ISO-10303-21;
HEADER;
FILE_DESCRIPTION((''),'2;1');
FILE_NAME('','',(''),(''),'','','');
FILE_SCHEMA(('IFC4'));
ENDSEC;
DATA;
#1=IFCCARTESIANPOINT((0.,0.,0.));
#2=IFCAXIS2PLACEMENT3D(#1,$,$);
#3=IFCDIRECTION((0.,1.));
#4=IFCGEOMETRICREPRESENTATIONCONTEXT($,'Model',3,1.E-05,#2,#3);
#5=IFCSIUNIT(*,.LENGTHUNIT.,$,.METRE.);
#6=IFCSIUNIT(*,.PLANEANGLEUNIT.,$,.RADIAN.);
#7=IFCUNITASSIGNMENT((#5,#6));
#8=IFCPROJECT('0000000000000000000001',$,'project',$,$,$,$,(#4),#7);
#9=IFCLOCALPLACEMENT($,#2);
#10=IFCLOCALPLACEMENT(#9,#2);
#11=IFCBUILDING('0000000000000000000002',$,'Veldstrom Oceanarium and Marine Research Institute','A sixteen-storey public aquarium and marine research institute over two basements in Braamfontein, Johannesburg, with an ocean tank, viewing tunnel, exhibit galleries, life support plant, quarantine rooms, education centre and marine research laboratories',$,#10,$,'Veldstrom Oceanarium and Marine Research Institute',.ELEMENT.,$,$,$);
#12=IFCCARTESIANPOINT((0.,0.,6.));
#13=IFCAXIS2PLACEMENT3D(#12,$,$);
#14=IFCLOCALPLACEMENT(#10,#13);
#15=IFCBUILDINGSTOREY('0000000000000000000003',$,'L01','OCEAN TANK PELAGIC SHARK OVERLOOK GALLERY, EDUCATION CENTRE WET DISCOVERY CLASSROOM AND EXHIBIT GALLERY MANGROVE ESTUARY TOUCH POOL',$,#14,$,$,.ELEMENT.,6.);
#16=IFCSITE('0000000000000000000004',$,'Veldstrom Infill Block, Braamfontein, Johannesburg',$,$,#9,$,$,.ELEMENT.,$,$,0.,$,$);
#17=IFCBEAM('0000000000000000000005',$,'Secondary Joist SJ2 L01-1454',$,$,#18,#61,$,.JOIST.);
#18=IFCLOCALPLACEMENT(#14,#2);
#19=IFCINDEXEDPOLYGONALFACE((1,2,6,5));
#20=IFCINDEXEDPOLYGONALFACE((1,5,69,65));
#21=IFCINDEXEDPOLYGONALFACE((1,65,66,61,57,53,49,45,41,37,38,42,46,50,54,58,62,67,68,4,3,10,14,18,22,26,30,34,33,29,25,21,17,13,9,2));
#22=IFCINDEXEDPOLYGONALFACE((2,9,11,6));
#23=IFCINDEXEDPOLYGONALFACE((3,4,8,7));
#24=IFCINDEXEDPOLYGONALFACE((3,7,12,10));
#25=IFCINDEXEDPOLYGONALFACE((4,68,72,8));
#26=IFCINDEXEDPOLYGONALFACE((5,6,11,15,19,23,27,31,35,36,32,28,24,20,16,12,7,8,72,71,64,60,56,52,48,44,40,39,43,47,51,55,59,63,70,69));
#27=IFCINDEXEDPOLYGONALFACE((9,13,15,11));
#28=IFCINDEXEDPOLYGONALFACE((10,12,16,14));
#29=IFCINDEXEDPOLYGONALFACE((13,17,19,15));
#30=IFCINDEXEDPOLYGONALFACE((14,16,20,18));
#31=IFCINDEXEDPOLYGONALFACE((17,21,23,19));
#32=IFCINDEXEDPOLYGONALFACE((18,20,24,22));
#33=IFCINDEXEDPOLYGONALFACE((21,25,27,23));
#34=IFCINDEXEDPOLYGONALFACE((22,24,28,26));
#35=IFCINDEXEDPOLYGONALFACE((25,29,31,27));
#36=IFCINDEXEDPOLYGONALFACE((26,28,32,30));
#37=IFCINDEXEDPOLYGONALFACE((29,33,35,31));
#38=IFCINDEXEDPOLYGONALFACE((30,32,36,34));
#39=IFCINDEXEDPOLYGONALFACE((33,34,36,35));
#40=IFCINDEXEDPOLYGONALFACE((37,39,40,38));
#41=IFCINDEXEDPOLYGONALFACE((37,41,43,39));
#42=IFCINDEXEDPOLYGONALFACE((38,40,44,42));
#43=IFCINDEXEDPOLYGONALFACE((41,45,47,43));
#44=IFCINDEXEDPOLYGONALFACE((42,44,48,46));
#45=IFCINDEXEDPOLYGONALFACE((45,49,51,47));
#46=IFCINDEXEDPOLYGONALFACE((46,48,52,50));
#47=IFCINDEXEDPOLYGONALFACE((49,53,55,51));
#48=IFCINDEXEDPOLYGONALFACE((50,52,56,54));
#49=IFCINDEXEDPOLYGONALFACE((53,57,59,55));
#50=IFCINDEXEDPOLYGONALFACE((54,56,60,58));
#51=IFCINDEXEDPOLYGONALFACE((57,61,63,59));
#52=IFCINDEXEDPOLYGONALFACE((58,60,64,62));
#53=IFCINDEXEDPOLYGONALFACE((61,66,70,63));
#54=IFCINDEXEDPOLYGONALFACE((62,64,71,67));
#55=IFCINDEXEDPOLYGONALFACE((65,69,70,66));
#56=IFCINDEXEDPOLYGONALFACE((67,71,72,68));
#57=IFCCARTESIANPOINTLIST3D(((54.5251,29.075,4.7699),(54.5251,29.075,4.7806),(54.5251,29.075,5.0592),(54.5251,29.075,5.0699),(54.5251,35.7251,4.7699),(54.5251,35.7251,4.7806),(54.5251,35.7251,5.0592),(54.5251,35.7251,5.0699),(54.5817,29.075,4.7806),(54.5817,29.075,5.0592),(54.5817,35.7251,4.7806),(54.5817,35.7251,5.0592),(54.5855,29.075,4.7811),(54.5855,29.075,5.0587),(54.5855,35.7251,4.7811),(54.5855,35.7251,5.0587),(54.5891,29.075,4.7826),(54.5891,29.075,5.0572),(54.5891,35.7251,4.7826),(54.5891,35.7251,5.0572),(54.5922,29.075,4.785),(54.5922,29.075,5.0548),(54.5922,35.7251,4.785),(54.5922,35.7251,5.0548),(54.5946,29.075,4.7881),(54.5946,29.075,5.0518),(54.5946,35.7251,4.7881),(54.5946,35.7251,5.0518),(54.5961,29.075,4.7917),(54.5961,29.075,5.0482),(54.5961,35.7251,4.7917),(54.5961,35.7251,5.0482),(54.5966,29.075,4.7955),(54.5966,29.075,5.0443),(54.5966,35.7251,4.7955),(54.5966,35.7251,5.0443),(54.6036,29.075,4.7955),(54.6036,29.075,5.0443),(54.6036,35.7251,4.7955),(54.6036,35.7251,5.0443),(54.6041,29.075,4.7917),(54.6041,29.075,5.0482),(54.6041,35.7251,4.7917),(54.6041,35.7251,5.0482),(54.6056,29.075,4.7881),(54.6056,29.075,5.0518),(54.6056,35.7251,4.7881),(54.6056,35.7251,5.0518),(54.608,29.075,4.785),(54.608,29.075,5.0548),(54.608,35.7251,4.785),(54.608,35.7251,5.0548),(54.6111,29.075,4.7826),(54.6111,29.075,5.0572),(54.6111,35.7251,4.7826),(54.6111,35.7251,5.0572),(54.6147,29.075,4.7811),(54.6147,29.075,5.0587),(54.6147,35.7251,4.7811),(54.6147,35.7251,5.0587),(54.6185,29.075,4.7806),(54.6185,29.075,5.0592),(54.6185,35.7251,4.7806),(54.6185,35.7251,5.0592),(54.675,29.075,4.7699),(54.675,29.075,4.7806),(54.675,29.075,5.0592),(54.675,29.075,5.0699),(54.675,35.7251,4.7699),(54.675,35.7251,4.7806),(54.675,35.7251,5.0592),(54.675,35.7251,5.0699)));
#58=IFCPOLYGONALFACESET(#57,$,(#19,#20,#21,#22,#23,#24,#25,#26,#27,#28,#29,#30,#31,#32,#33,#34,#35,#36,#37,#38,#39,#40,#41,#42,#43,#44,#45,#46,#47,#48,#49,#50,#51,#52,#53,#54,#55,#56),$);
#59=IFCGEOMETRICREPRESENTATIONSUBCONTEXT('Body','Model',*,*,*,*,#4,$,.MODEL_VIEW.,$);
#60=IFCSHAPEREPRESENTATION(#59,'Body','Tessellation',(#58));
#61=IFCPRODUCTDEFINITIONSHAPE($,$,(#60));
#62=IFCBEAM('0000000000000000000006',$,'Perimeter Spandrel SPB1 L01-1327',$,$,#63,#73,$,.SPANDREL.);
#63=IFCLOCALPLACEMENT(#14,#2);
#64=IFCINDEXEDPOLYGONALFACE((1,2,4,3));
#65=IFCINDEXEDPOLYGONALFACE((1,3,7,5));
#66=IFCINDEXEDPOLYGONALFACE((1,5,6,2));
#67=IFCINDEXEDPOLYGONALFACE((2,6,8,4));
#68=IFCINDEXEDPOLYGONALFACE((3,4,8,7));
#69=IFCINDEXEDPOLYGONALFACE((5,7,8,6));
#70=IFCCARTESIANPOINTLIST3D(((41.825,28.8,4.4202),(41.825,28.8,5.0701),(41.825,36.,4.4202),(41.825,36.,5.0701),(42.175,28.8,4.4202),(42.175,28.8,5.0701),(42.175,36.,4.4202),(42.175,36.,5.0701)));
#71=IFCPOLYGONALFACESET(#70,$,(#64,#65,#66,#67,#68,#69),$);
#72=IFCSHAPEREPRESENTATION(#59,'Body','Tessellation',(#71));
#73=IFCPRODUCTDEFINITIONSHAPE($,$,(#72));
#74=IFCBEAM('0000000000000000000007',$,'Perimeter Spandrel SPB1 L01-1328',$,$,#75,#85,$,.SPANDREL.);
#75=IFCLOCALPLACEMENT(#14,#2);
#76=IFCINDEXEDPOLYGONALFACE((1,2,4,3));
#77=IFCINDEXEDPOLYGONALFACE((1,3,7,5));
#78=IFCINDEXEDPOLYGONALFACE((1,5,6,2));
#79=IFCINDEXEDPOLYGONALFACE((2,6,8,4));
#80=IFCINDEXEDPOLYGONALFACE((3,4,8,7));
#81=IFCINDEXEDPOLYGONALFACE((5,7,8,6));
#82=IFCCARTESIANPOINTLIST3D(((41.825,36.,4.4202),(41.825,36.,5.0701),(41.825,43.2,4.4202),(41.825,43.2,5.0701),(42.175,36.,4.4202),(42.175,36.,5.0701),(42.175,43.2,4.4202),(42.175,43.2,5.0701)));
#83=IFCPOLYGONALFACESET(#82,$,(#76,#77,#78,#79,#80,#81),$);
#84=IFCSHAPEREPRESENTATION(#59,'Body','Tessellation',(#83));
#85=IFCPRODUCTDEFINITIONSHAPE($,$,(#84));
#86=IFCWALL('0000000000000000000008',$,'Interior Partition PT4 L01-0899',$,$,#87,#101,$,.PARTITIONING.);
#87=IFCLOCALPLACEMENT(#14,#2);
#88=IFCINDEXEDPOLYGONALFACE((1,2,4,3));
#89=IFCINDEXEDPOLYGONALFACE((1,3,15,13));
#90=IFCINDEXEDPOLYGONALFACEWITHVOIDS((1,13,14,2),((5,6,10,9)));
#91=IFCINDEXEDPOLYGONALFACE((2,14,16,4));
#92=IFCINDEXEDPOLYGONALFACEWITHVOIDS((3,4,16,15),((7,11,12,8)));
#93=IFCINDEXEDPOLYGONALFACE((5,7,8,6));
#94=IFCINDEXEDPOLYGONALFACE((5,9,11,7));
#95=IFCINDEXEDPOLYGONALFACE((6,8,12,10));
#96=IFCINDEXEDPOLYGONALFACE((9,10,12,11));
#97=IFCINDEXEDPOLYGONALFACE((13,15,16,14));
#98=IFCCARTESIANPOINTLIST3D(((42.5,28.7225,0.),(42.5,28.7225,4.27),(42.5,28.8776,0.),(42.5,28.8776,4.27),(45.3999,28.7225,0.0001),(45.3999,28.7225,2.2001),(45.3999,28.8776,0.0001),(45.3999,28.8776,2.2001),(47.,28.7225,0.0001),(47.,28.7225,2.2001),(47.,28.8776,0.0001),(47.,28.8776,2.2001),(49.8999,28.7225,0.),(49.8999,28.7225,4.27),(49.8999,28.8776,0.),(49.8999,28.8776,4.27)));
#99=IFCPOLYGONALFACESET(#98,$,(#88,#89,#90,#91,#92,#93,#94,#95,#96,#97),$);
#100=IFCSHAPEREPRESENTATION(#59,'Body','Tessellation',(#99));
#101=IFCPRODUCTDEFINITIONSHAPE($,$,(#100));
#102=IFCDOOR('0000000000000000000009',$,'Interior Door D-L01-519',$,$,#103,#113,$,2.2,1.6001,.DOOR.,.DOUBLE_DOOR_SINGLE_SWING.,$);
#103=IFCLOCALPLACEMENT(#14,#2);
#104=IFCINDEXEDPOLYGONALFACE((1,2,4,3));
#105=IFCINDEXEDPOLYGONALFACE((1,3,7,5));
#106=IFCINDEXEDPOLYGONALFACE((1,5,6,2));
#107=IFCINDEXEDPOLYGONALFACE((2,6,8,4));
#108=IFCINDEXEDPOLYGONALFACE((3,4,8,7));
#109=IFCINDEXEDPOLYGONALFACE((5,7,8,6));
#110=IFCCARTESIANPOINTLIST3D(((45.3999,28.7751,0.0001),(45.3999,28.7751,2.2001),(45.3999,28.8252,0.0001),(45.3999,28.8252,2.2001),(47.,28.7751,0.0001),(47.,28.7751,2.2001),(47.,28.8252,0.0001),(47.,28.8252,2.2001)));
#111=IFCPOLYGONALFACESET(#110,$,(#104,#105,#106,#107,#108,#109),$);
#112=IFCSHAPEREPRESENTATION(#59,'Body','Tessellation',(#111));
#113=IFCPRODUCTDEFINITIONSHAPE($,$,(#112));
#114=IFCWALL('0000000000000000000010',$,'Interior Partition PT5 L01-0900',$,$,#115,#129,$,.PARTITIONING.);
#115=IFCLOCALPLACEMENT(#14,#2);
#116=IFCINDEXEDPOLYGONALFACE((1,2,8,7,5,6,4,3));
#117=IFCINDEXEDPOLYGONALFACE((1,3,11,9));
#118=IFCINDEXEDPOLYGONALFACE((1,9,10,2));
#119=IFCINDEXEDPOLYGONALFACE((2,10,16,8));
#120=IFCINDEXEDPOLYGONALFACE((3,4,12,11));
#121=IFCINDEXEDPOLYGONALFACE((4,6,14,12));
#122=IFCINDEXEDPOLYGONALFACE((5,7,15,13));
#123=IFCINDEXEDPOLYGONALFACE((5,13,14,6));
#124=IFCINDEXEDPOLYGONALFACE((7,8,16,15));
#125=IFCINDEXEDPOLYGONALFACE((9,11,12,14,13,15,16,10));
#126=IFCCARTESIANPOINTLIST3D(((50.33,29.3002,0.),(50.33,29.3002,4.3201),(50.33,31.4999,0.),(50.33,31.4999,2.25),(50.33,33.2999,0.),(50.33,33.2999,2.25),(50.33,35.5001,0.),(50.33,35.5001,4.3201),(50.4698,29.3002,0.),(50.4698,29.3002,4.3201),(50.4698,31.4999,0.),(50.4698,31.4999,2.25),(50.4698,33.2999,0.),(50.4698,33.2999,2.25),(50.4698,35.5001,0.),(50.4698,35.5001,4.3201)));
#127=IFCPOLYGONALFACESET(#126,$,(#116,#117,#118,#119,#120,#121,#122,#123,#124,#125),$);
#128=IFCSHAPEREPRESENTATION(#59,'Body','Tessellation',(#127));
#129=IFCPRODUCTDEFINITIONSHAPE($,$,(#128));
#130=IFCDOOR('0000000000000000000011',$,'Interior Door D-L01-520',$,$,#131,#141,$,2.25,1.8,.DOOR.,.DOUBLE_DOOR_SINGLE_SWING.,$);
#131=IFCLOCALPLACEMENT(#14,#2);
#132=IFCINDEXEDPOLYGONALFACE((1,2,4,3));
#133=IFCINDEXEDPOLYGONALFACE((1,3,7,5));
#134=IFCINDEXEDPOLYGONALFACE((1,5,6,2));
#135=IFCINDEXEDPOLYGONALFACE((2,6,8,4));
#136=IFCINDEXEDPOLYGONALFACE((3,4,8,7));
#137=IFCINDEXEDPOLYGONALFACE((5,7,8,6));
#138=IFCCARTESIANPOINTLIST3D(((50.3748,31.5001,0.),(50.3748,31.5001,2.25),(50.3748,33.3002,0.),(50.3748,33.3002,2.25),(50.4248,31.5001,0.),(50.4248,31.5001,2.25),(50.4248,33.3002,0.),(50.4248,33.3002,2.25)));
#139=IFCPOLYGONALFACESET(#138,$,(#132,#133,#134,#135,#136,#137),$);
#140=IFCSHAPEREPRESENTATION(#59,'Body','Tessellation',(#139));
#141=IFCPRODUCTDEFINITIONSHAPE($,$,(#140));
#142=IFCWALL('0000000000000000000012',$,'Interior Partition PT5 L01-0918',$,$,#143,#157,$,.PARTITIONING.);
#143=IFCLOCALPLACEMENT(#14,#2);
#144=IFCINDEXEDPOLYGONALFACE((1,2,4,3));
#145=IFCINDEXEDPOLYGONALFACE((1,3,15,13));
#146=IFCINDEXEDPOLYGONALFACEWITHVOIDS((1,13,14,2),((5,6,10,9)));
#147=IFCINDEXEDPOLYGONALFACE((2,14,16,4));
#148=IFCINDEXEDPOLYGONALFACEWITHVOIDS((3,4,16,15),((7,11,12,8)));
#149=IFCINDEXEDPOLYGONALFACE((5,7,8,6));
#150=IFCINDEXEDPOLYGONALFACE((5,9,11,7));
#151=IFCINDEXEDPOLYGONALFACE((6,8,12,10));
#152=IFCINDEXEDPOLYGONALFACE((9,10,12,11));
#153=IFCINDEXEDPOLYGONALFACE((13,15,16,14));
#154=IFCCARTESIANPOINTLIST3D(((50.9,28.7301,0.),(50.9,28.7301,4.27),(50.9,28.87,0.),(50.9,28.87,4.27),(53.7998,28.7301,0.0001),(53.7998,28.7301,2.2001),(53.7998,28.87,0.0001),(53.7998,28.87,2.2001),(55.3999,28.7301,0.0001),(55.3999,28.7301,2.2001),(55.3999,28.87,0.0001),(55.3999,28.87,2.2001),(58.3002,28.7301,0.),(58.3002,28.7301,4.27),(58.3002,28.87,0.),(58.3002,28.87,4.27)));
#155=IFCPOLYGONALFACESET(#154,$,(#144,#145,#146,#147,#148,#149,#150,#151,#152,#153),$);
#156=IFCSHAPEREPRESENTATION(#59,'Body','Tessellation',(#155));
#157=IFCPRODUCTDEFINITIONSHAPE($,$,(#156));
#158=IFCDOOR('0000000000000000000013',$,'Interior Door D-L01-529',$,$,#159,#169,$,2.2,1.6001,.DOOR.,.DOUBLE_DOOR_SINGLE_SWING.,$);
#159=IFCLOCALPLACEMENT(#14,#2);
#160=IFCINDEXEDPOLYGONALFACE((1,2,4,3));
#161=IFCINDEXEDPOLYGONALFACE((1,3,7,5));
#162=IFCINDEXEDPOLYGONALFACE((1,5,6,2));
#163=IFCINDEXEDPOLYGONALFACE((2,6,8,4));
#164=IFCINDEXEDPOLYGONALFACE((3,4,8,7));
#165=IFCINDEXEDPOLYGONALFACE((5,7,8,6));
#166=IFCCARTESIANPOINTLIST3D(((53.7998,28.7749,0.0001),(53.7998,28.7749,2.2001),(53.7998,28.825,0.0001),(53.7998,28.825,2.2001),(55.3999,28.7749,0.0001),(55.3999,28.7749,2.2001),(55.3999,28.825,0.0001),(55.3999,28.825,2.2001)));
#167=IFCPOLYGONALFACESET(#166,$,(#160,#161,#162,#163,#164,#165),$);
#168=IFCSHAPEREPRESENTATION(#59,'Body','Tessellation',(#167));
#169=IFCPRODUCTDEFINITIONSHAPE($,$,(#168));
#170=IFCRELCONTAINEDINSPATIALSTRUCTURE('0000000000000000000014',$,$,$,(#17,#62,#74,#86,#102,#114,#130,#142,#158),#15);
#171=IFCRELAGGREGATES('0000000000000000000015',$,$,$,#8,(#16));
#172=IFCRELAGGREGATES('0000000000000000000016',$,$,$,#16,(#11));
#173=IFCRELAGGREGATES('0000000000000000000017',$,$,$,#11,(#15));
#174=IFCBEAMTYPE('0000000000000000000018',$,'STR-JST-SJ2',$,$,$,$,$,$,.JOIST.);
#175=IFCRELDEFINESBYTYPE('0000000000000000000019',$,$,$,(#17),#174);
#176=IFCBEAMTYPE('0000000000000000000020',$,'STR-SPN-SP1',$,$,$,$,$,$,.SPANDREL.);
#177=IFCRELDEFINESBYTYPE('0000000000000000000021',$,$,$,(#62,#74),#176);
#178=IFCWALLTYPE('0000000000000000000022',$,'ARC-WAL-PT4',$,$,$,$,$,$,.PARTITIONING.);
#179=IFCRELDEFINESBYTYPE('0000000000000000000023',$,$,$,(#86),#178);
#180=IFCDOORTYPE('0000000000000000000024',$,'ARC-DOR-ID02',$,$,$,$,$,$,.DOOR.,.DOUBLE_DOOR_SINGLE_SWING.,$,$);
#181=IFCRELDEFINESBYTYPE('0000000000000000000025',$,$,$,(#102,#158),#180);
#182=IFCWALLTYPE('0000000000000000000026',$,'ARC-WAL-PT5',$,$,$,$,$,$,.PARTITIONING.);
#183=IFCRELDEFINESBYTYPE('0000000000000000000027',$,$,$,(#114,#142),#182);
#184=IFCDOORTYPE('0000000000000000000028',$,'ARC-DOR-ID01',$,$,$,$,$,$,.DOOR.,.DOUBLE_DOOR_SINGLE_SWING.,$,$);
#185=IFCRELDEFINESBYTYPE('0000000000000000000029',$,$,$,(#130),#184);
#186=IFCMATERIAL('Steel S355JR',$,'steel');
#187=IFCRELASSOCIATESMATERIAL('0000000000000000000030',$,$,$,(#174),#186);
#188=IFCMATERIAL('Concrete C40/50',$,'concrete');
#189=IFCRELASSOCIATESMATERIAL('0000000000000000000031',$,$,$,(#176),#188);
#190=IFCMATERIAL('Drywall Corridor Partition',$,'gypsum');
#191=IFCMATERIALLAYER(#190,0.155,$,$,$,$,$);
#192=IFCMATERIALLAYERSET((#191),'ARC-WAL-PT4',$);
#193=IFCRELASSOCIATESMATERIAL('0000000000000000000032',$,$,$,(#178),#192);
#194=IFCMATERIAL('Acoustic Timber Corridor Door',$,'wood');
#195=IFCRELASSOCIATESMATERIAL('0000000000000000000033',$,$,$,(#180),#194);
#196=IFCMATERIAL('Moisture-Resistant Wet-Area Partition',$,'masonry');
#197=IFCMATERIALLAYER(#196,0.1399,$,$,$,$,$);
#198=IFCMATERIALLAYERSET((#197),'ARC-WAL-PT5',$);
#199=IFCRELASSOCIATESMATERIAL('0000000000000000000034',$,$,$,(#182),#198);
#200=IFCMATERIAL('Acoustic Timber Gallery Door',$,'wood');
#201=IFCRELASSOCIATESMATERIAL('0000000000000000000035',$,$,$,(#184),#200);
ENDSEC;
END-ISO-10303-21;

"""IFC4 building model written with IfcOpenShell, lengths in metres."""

from ifc_helpers import new_model, si_unit, direction, frame, frame_2d, origin, origin_2d, place, context, subcontext, project, spatial, rectangle, i_section, extrude, material, layer, layer_set, material_profile, profile_set, type_object, element, fill, save


model = new_model("IFC4")

# Units and contexts
model_context = context("Model", 3, precision=1e-05, world=origin(), true_north=direction((0.0, 1.0)))
body_context = subcontext(model_context, "Body", "Model", "MODEL_VIEW")
ifc_project = project(units=[si_unit("LENGTHUNIT", "METRE"), si_unit("PLANEANGLEUNIT", "RADIAN")], contexts=[model_context])

# Site, building, storey
site_placement = place(None, origin())
site = spatial("IfcSite", under=ifc_project, at=site_placement, Name="Veldstrom Infill Block, Braamfontein, Johannesburg", CompositionType="ELEMENT", RefElevation=0.0)
building_placement = place(site_placement, origin())
building = spatial("IfcBuilding", under=site, at=building_placement, Name="Veldstrom Oceanarium and Marine Research Institute", Description="A sixteen-storey public aquarium and marine research institute over two basements in Braamfontein, Johannesburg, with an ocean tank, viewing tunnel, exhibit galleries, life support plant, quarantine rooms, education centre and marine research laboratories", LongName="Veldstrom Oceanarium and Marine Research Institute", CompositionType="ELEMENT")
storey_placement = place(building_placement, frame((0.0, 0.0, 6.0)))
storey = spatial("IfcBuildingStorey", under=building, at=storey_placement, Name="L01", Description="OCEAN TANK PELAGIC SHARK OVERLOOK GALLERY, EDUCATION CENTRE WET DISCOVERY CLASSROOM AND EXHIBIT GALLERY MANGROVE ESTUARY TOUCH POOL", CompositionType="ELEMENT", Elevation=6.0)

# Beams
ifc_material_1 = material(Name="Steel S355JR", Category="steel")
ifc_material_profile_1 = material_profile(ifc_material_1, i_section(OverallWidth=0.1499, OverallDepth=0.3, WebThickness=0.0071, FlangeThickness=0.0107, FilletRadius=0.0149, at=origin_2d()), Name="IPE 300")
ifc_profile_set_1 = profile_set([ifc_material_profile_1], Name="Steel S355JR")
beam_type_1 = type_object("IfcBeamType", Name="STR-JST-SJ2", PredefinedType="JOIST", material=ifc_profile_set_1)
beam_1_placement = place(storey_placement, frame((54.6001, 29.075, 4.9199), z_axis=(0.0, 1.0, 0.0), x_axis=(-1.0, 0.0, 0.0)))
element("IfcBeam", 1, at=beam_1_placement, inside=storey, type_object=beam_type_1, Name="Secondary Joist SJ2 L01-1454", PredefinedType="JOIST", context=body_context, shape_type="SweptSolid", body=[
    extrude(i_section(OverallWidth=0.1499, OverallDepth=0.3, WebThickness=0.0071, FlangeThickness=0.0107, FilletRadius=0.0149, at=origin_2d()), origin(), (0.0, 0.0, 1.0), 6.6501),
])
ifc_material_2 = material(Name="Concrete C40/50", Category="concrete")
ifc_material_profile_2 = material_profile(ifc_material_2, rectangle(XDim=0.3501, YDim=0.6499, at=origin_2d()), Name="RC-SPN-350x650")
ifc_profile_set_2 = profile_set([ifc_material_profile_2], Name="Concrete C40/50")
beam_type_2 = type_object("IfcBeamType", Name="STR-SPN-SP1", PredefinedType="SPANDREL", material=ifc_profile_set_2)
for number, where, z_axis, x_axis, name in (
    (2, (42.0, 28.8, 4.7451), (0.0, 1.0, 0.0), (-1.0, 0.0, 0.0), "Perimeter Spandrel SPB1 L01-1327"),
    (3, (42.0, 36.0, 4.7451), (0.0, 1.0, 0.0), (-1.0, 0.0, 0.0), "Perimeter Spandrel SPB1 L01-1328"),
):
    element("IfcBeam", number, at=place(storey_placement, frame(where, z_axis=z_axis, x_axis=x_axis)), inside=storey, type_object=beam_type_2, Name=name, PredefinedType="SPANDREL", context=body_context, shape_type="SweptSolid", body=[
        extrude(rectangle(XDim=0.3501, YDim=0.6499, at=origin_2d()), origin(), (0.0, 0.0, 1.0), 7.2),
    ])

# Walls, openings, doors
ifc_material_3 = material(Name="Drywall Corridor Partition", Category="gypsum")
ifc_layer_1 = layer(ifc_material_3, 0.155)
ifc_layer_set_1 = layer_set([ifc_layer_1], Name="ARC-WAL-PT4")
wall_type_1 = type_object("IfcWallType", Name="ARC-WAL-PT4", PredefinedType="PARTITIONING", material=ifc_layer_set_1)
wall_1_placement = place(storey_placement, frame((42.5, 28.8, 0.0), z_axis=(0.0, 0.0, 1.0), x_axis=(1.0, 0.0, 0.0)))
wall_1 = element("IfcWall", 4, at=wall_1_placement, inside=storey, type_object=wall_type_1, Name="Interior Partition PT4 L01-0899", PredefinedType="PARTITIONING", context=body_context, shape_type="SweptSolid", body=[
    extrude(rectangle(XDim=7.3999, YDim=0.155, at=frame_2d((3.7, 0.0))), origin(), (0.0, 0.0, 1.0), 4.27),
])
opening_1_placement = place(wall_1_placement, frame((2.8999, 0.0, 0.0)))
opening_1 = element("IfcOpeningElement", 5, at=opening_1_placement, cuts=wall_1, PredefinedType="OPENING", context=body_context, shape_type="SweptSolid", body=[
    extrude(rectangle(XDim=1.6001, YDim=2.2, at=frame_2d((0.8, 1.1001))), frame((0.0, 0.0874, 0.0), z_axis=(0.0, -1.0, 0.0), x_axis=(1.0, 0.0, 0.0)), (0.0, 0.0, 1.0), 0.175),
])
ifc_material_4 = material(Name="Acoustic Timber Corridor Door", Category="wood")
door_type_1 = type_object("IfcDoorType", Name="ARC-DOR-ID02", OperationType="DOUBLE_DOOR_SINGLE_SWING", PredefinedType="DOOR", material=ifc_material_4)
door_1_placement = place(opening_1_placement, frame((1.6001, 0.0, 0.0), z_axis=(0.0, 0.0, 1.0), x_axis=(-1.0, 0.0, 0.0)))
door_1 = element("IfcDoor", 6, at=door_1_placement, inside=storey, type_object=door_type_1, Name="Interior Door D-L01-519", OperationType="DOUBLE_DOOR_SINGLE_SWING", OverallHeight=2.2, OverallWidth=1.6001, PredefinedType="DOOR", context=body_context, shape_type="SweptSolid", body=[
    extrude(rectangle(XDim=1.6001, YDim=2.2, at=frame_2d((0.8, 1.1001))), frame((0.0, 0.0249, 0.0), z_axis=(0.0, -1.0, 0.0), x_axis=(1.0, 0.0, 0.0)), (0.0, 0.0, 1.0), 0.05),
])
fill(opening_1, door_1)
ifc_material_5 = material(Name="Moisture-Resistant Wet-Area Partition", Category="masonry")
ifc_layer_2 = layer(ifc_material_5, 0.1399)
ifc_layer_set_2 = layer_set([ifc_layer_2], Name="ARC-WAL-PT5")
wall_type_2 = type_object("IfcWallType", Name="ARC-WAL-PT5", PredefinedType="PARTITIONING", material=ifc_layer_set_2)
wall_2_placement = place(storey_placement, frame((50.3999, 29.3, 0.0), z_axis=(0.0, 0.0, 1.0), x_axis=(0.0, 1.0, 0.0)))
wall_2 = element("IfcWall", 7, at=wall_2_placement, inside=storey, type_object=wall_type_2, Name="Interior Partition PT5 L01-0900", PredefinedType="PARTITIONING", context=body_context, shape_type="SweptSolid", body=[
    extrude(rectangle(XDim=6.2, YDim=0.1399, at=frame_2d((3.1001, 0.0))), origin(), (0.0, 0.0, 1.0), 4.3201),
])
opening_2_placement = place(wall_2_placement, frame((2.2, 0.0, 0.0)))
opening_2 = element("IfcOpeningElement", 8, at=opening_2_placement, cuts=wall_2, PredefinedType="OPENING", context=body_context, shape_type="SweptSolid", body=[
    extrude(rectangle(XDim=1.8, YDim=2.25, at=frame_2d((0.8999, 1.125))), frame((0.0, 0.0798, 0.0), z_axis=(0.0, -1.0, 0.0), x_axis=(1.0, 0.0, 0.0)), (0.0, 0.0, 1.0), 0.1599),
])
ifc_material_6 = material(Name="Acoustic Timber Gallery Door", Category="wood")
door_type_2 = type_object("IfcDoorType", Name="ARC-DOR-ID01", OperationType="DOUBLE_DOOR_SINGLE_SWING", PredefinedType="DOOR", material=ifc_material_6)
door_2_placement = place(opening_2_placement, frame((1.8, 0.0, 0.0), z_axis=(0.0, 0.0, 1.0), x_axis=(-1.0, 0.0, 0.0)))
door_2 = element("IfcDoor", 9, at=door_2_placement, inside=storey, type_object=door_type_2, Name="Interior Door D-L01-520", OperationType="DOUBLE_DOOR_SINGLE_SWING", OverallHeight=2.25, OverallWidth=1.8, PredefinedType="DOOR", context=body_context, shape_type="SweptSolid", body=[
    extrude(rectangle(XDim=1.8, YDim=2.25, at=frame_2d((0.8999, 1.125))), frame((0.0, 0.0249, 0.0), z_axis=(0.0, -1.0, 0.0), x_axis=(1.0, 0.0, 0.0)), (0.0, 0.0, 1.0), 0.05),
])
fill(opening_2, door_2)
wall_3_placement = place(storey_placement, frame((50.8999, 28.8, 0.0), z_axis=(0.0, 0.0, 1.0), x_axis=(1.0, 0.0, 0.0)))
wall_3 = element("IfcWall", 10, at=wall_3_placement, inside=storey, type_object=wall_type_2, Name="Interior Partition PT5 L01-0918", PredefinedType="PARTITIONING", context=body_context, shape_type="SweptSolid", body=[
    extrude(rectangle(XDim=7.4001, YDim=0.1399, at=frame_2d((3.7002, 0.0))), origin(), (0.0, 0.0, 1.0), 4.27),
])
opening_3_placement = place(wall_3_placement, frame((2.8999, 0.0, 0.0)))
opening_3 = element("IfcOpeningElement", 11, at=opening_3_placement, cuts=wall_3, PredefinedType="OPENING", context=body_context, shape_type="SweptSolid", body=[
    extrude(rectangle(XDim=1.6001, YDim=2.2, at=frame_2d((0.8, 1.1001))), frame((0.0, 0.0798, 0.0), z_axis=(0.0, -1.0, 0.0), x_axis=(1.0, 0.0, 0.0)), (0.0, 0.0, 1.0), 0.1599),
])
door_3_placement = place(opening_3_placement, origin())
door_3 = element("IfcDoor", 12, at=door_3_placement, inside=storey, type_object=door_type_1, Name="Interior Door D-L01-529", OperationType="DOUBLE_DOOR_SINGLE_SWING", OverallHeight=2.2, OverallWidth=1.6001, PredefinedType="DOOR", context=body_context, shape_type="SweptSolid", body=[
    extrude(rectangle(XDim=1.6001, YDim=2.2, at=frame_2d((0.8, 1.1001))), frame((0.0, 0.0249, 0.0), z_axis=(0.0, -1.0, 0.0), x_axis=(1.0, 0.0, 0.0)), (0.0, 0.0, 1.0), 0.05),
])
fill(opening_3, door_3)

save(model, "model.ifc")
